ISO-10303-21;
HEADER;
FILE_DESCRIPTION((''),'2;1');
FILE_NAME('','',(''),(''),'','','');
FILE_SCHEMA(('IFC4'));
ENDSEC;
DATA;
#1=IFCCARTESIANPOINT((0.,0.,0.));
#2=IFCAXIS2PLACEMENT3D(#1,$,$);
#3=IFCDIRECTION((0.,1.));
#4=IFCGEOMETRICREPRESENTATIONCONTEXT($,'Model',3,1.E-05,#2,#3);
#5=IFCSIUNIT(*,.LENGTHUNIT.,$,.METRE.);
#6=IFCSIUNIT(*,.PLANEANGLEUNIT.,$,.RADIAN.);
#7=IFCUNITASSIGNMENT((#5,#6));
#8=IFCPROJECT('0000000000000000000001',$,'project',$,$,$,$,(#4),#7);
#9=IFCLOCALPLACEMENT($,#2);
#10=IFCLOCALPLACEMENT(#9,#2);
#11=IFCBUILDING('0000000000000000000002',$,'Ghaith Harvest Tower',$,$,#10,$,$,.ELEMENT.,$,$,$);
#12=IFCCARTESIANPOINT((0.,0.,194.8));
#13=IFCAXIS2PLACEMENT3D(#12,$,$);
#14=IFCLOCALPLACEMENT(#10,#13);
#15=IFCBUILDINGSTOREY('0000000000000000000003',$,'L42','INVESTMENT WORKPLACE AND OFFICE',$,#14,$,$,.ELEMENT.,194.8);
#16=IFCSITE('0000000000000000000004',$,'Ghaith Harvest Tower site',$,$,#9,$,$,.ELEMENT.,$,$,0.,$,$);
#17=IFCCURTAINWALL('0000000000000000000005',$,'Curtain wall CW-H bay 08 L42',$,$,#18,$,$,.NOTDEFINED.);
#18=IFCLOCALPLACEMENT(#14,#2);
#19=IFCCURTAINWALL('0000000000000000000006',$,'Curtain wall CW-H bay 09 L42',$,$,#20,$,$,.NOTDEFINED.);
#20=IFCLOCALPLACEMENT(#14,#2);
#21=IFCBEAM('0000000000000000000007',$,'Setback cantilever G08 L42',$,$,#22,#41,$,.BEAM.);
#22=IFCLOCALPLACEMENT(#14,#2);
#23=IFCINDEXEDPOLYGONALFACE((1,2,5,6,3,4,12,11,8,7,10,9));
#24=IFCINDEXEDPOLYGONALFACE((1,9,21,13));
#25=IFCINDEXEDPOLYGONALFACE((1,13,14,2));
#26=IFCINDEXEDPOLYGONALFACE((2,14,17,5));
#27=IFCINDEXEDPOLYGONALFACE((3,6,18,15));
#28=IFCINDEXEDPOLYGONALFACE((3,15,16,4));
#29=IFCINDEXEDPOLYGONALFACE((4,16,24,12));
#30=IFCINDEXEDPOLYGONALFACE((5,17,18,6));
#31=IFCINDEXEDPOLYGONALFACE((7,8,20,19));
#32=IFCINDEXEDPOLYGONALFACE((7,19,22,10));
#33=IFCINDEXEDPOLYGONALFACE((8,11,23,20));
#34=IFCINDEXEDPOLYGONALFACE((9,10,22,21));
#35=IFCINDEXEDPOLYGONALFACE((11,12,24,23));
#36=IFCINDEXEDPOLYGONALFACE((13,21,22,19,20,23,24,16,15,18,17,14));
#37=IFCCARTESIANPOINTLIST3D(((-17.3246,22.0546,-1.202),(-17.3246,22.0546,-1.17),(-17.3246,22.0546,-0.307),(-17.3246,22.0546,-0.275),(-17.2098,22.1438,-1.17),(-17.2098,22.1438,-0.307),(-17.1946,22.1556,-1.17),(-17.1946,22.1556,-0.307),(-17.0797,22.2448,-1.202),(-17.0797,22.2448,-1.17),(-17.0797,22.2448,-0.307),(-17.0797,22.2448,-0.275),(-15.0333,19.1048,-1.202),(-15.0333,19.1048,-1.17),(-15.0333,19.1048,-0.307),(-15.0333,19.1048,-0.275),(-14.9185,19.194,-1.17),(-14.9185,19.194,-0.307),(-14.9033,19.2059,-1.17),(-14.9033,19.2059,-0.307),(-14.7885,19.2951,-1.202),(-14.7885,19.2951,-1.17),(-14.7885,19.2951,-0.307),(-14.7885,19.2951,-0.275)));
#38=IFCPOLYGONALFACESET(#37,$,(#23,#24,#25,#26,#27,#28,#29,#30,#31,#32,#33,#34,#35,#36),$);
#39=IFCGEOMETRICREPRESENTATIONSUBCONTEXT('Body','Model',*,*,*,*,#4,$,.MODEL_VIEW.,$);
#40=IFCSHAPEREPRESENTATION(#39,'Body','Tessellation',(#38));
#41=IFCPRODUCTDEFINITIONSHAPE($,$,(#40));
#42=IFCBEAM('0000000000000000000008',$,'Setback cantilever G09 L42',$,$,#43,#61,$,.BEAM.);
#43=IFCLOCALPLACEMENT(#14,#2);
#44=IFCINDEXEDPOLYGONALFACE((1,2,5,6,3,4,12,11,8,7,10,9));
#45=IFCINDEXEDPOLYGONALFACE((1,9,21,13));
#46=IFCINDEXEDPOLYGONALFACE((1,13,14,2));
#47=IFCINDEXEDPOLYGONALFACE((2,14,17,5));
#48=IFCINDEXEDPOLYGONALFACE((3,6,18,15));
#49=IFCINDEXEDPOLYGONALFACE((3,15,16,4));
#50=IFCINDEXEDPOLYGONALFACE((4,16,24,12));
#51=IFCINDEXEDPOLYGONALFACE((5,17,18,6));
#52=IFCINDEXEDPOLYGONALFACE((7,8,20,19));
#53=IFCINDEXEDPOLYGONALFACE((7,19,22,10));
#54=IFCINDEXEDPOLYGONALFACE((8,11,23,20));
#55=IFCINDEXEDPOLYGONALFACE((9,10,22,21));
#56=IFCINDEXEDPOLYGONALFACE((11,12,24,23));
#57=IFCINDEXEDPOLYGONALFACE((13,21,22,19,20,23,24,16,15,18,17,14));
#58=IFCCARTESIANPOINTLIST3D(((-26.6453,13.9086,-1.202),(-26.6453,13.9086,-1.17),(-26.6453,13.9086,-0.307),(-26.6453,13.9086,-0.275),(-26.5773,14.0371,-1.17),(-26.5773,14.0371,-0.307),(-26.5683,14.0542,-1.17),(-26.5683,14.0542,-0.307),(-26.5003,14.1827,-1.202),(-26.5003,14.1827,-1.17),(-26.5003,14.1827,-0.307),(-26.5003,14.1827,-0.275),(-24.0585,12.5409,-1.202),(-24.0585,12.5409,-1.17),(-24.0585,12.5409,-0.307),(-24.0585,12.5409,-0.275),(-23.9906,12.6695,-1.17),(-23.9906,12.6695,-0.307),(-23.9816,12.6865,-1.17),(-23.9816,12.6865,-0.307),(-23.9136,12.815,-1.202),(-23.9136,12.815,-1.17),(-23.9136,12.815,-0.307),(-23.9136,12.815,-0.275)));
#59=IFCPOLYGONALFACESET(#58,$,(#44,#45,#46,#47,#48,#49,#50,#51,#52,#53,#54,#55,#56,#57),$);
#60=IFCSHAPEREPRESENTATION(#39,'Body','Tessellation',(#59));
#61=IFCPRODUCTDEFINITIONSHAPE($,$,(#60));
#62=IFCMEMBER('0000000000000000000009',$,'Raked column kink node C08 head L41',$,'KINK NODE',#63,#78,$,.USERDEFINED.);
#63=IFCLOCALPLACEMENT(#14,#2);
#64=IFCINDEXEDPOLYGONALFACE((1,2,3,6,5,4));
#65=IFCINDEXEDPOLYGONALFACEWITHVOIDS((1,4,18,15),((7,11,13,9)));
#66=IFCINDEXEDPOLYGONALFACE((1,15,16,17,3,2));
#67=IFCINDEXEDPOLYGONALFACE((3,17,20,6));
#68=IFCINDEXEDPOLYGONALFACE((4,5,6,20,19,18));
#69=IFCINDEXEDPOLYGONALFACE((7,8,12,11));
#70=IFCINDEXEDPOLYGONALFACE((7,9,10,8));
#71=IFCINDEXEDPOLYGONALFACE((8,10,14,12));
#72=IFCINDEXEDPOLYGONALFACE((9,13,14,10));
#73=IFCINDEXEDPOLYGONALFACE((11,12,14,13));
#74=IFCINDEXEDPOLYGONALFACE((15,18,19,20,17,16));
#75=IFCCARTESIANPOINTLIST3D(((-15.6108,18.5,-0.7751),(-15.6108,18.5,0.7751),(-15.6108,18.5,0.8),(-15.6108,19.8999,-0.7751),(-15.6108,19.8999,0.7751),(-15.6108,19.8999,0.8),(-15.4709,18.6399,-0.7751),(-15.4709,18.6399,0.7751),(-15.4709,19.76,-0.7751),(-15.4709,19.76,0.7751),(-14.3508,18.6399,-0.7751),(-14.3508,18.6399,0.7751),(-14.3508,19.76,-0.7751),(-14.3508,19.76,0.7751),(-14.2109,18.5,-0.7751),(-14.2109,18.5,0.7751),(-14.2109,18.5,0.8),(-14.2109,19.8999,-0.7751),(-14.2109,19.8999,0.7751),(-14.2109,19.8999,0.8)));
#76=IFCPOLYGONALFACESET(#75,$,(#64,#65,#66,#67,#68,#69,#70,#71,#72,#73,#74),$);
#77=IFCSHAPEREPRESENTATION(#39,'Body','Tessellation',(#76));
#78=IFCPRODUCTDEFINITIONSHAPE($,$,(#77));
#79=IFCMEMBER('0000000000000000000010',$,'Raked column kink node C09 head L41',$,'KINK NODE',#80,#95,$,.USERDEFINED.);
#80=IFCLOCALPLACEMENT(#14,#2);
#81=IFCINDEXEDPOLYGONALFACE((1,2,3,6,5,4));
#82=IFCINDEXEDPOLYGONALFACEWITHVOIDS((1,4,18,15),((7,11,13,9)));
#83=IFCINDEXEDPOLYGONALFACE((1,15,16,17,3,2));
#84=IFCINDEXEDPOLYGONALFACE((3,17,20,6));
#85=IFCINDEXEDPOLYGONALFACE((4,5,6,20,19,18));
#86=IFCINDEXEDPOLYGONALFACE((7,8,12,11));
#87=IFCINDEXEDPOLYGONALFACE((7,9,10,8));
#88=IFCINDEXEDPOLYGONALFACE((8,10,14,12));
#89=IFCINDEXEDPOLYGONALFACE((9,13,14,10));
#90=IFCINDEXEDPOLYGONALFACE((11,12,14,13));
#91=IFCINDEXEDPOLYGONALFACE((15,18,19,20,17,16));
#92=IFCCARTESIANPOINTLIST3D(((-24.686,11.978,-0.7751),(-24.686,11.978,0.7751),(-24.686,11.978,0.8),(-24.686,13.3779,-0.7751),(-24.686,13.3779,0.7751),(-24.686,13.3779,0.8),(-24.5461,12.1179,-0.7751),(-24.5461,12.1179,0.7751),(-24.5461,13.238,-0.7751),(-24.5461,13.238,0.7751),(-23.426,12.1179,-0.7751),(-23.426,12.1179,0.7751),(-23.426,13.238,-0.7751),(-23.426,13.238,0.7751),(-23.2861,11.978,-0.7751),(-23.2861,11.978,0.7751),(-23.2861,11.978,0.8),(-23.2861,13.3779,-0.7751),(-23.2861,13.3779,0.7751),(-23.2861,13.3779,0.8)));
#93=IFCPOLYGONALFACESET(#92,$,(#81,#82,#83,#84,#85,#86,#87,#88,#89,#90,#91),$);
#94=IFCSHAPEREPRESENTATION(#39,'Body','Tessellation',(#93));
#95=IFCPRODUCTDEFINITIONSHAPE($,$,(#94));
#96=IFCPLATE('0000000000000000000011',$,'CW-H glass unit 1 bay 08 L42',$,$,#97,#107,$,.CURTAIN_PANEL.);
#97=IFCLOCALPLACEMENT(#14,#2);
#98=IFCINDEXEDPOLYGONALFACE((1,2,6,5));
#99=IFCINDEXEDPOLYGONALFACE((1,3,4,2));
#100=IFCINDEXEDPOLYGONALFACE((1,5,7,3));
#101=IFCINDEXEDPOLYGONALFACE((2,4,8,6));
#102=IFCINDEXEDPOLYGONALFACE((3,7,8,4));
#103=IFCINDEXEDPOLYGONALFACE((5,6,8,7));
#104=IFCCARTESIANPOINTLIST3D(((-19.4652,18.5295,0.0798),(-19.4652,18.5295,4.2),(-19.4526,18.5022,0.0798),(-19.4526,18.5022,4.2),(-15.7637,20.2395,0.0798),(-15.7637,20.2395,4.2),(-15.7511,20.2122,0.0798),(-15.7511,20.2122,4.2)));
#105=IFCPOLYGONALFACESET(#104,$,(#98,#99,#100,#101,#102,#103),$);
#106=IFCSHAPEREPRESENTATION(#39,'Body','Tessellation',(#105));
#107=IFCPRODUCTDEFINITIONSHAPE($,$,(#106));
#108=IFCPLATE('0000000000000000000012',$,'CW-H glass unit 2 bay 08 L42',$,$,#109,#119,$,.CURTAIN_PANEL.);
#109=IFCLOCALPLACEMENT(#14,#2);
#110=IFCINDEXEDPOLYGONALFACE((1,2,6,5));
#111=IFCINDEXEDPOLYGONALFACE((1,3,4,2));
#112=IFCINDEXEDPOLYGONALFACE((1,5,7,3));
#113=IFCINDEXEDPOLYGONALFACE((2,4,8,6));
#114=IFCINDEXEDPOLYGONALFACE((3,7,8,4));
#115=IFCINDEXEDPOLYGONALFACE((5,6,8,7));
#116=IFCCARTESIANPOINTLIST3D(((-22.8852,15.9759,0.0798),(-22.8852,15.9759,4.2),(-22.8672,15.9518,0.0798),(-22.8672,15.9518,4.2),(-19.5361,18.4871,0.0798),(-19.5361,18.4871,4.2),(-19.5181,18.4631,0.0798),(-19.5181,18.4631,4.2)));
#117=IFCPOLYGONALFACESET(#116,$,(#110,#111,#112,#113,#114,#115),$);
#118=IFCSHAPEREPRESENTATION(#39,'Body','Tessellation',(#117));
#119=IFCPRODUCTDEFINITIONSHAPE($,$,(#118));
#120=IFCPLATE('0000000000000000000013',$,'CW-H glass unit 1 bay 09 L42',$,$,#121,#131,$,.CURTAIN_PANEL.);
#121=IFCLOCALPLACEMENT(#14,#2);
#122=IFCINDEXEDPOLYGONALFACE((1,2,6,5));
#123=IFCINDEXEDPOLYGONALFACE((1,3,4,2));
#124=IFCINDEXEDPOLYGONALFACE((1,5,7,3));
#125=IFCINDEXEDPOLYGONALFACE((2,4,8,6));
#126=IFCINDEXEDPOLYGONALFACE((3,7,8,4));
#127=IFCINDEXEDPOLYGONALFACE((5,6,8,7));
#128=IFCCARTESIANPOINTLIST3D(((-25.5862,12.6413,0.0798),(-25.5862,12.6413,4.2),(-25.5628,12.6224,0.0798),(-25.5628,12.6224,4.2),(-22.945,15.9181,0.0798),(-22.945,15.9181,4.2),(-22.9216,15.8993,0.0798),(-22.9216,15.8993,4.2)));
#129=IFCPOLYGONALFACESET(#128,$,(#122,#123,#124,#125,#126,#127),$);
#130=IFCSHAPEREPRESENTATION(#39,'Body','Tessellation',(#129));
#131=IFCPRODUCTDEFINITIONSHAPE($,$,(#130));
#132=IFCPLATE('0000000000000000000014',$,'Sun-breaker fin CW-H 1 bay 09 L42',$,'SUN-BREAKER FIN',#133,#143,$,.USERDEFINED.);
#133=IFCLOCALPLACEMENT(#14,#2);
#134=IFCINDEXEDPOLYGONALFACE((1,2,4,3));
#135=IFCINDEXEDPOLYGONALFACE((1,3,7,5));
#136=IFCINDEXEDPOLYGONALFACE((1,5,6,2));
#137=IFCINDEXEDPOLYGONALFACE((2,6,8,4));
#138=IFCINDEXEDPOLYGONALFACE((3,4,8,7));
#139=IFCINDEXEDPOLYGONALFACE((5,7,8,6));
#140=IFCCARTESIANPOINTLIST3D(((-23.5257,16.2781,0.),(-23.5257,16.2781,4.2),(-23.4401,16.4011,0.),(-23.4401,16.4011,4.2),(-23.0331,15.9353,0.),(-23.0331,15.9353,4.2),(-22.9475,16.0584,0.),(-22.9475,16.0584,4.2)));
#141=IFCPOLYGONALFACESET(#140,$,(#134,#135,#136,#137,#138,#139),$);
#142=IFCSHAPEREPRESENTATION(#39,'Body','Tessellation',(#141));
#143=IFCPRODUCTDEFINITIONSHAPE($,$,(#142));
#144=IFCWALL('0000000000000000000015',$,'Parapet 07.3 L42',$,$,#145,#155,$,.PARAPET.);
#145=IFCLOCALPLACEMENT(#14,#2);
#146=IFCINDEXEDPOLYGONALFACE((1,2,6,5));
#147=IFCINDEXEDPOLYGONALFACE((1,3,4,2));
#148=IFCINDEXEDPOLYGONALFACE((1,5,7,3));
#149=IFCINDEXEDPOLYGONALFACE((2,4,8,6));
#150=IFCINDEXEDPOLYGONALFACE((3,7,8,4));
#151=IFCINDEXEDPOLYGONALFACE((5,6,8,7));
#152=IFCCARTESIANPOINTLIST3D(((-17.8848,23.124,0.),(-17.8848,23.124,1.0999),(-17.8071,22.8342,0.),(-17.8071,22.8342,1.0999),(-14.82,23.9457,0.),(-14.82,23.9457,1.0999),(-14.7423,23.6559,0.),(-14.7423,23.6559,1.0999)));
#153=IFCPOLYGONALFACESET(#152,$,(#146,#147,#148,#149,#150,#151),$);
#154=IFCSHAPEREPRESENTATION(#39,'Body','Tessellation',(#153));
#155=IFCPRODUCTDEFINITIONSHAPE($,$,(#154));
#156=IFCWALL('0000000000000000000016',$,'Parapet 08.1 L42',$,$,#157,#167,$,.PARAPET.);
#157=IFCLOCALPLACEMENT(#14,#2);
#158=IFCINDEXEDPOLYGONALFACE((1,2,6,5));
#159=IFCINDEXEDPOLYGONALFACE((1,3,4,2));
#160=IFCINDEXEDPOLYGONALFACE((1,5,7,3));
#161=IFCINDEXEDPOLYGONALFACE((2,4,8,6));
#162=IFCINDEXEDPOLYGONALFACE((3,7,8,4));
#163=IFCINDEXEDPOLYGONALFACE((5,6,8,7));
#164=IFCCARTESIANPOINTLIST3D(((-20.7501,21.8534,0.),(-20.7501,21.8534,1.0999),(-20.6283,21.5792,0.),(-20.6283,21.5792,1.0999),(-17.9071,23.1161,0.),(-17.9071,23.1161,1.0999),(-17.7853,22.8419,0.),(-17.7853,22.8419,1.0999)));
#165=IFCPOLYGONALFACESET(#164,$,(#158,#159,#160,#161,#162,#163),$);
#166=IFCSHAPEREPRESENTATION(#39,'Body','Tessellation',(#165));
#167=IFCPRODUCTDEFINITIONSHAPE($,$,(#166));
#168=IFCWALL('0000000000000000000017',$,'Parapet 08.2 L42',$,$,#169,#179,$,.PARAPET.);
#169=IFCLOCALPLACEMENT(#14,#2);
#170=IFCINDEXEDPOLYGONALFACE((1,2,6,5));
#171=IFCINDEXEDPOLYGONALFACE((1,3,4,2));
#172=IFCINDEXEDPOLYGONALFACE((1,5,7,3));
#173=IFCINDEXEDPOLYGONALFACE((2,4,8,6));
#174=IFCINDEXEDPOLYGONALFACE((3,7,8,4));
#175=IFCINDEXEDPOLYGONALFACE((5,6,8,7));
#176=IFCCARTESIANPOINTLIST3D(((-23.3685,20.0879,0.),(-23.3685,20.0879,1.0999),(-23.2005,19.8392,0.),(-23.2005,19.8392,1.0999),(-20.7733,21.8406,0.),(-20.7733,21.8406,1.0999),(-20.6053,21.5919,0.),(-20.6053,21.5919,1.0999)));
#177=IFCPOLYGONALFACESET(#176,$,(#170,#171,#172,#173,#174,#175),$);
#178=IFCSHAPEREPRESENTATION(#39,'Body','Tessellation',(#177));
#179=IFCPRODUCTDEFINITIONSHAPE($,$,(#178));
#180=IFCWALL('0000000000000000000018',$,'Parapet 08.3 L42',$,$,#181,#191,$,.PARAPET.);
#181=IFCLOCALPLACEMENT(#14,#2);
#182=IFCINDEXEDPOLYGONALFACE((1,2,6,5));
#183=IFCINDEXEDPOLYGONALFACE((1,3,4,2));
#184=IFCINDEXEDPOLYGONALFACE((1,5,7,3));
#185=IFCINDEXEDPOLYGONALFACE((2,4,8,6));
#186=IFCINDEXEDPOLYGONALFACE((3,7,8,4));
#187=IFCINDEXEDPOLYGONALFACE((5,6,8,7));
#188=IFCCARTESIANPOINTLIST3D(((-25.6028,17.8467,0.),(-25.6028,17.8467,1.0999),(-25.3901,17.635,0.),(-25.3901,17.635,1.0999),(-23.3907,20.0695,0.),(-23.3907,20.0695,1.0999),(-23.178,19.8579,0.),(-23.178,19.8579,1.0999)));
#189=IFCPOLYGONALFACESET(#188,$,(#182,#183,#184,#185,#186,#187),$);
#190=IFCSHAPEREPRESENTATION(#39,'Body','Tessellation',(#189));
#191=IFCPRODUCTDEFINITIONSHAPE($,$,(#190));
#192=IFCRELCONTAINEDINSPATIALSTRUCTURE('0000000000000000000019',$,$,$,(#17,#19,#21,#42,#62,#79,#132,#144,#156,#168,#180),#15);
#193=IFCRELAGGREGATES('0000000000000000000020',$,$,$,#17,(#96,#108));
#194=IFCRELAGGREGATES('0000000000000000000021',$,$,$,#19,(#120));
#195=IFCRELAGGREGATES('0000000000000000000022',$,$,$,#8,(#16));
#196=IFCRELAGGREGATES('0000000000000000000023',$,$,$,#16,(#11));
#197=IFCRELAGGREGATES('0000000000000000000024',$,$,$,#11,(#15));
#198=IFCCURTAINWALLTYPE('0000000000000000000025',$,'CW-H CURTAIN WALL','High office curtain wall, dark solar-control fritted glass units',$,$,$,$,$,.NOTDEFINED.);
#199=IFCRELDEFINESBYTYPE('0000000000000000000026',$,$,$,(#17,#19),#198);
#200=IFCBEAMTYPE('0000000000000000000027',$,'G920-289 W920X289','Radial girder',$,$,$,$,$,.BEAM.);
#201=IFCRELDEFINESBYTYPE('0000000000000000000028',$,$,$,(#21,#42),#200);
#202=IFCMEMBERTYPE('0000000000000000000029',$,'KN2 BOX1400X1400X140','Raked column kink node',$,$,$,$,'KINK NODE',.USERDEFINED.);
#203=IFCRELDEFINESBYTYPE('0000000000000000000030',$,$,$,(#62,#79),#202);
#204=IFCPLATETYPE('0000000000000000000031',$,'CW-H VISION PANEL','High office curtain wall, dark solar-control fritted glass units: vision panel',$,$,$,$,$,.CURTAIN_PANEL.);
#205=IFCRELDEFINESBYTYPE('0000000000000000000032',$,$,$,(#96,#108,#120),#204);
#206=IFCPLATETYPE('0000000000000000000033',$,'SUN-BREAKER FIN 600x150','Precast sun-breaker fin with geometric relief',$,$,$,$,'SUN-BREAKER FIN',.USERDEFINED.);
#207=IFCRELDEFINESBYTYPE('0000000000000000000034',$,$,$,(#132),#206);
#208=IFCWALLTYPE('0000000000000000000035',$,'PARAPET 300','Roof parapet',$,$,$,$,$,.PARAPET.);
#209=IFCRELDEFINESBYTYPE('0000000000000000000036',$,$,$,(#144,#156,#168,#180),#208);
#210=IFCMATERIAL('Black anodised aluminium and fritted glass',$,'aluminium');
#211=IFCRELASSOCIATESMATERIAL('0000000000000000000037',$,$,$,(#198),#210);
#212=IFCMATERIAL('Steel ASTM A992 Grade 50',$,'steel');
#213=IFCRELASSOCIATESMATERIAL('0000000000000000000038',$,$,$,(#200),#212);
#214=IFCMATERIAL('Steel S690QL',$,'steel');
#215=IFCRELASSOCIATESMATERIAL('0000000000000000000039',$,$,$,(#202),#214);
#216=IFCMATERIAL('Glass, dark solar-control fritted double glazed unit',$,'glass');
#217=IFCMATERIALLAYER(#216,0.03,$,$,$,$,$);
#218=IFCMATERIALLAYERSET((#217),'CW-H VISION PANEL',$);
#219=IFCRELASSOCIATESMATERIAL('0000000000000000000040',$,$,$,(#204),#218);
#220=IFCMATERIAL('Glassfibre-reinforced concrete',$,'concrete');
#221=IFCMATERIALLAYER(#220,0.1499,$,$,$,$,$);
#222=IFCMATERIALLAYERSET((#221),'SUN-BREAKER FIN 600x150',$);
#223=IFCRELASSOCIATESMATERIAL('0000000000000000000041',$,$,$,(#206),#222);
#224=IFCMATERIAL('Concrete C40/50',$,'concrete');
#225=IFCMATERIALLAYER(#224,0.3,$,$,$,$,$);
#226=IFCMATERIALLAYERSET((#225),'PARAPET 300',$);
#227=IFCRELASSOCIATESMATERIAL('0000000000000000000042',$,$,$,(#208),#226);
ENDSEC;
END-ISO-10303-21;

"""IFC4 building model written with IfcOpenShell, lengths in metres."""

from ifc_helpers import new_model, si_unit, direction, frame, frame_2d, origin, origin_2d, place, context, subcontext, project, spatial, rectangle, hollow_rectangle, i_section, extrude, boolean, material, layer, layer_set, material_profile, profile_set, type_object, element, aggregate, save


model = new_model("IFC4")

# Units and contexts
model_context = context("Model", 3, precision=1e-05, world=origin(), true_north=direction((0.0, 1.0)))
body_context = subcontext(model_context, "Body", "Model", "MODEL_VIEW")
ifc_project = project(units=[si_unit("LENGTHUNIT", "METRE"), si_unit("PLANEANGLEUNIT", "RADIAN")], contexts=[model_context])

# Site, building, storey
site_placement = place(None, origin())
site = spatial("IfcSite", under=ifc_project, at=site_placement, Name="Ghaith Harvest Tower site", CompositionType="ELEMENT", RefElevation=0.0)
building_placement = place(site_placement, origin())
building = spatial("IfcBuilding", under=site, at=building_placement, Name="Ghaith Harvest Tower", CompositionType="ELEMENT")
storey_placement = place(building_placement, frame((0.0, 0.0, 194.8)))
storey = spatial("IfcBuildingStorey", under=building, at=storey_placement, Name="L42", Description="INVESTMENT WORKPLACE AND OFFICE", CompositionType="ELEMENT", Elevation=194.8)

# Curtain walls
ifc_material_1 = material(Name="Black anodised aluminium and fritted glass", Category="aluminium")
curtain_wall_type = type_object("IfcCurtainWallType", Name="CW-H CURTAIN WALL", Description="High office curtain wall, dark solar-control fritted glass units", PredefinedType="NOTDEFINED", material=ifc_material_1)
curtain_wall_1_placement = place(storey_placement, origin())
curtain_wall_1 = element("IfcCurtainWall", 1, at=curtain_wall_1_placement, inside=storey, type_object=curtain_wall_type, Name="Curtain wall CW-H bay 08 L42", PredefinedType="NOTDEFINED")
curtain_wall_2_placement = place(storey_placement, origin())
curtain_wall_2 = element("IfcCurtainWall", 2, at=curtain_wall_2_placement, inside=storey, type_object=curtain_wall_type, Name="Curtain wall CW-H bay 09 L42", PredefinedType="NOTDEFINED")

# Beams
ifc_material_2 = material(Name="Steel ASTM A992 Grade 50", Category="steel")
ifc_material_profile_1 = material_profile(ifc_material_2, i_section(OverallWidth=0.3101, OverallDepth=0.927, WebThickness=0.0193, FlangeThickness=0.032, at=origin_2d()), Name="W920X289")
ifc_profile_set_1 = profile_set([ifc_material_profile_1], Name="Steel ASTM A992 Grade 50")
beam_type_1 = type_object("IfcBeamType", Name="G920-289 W920X289", Description="Radial girder", PredefinedType="BEAM", material=ifc_profile_set_1)
beam_1_placement = place(storey_placement, frame((-14.9109, 19.2, -0.7385), z_axis=(-0.613447, 0.789736, 0.0), x_axis=(-0.789736, -0.613447, 0.0)))
element("IfcBeam", 3, at=beam_1_placement, inside=storey, type_object=beam_type_1, Name="Setback cantilever G08 L42", PredefinedType="BEAM", context=body_context, shape_type="SweptSolid", body=[
    extrude(i_section(OverallWidth=0.3101, OverallDepth=0.927, WebThickness=0.0193, FlangeThickness=0.032, at=origin_2d()), origin(), (0.0, 0.0, 1.0), 3.7351),
])
beam_2_placement = place(storey_placement, frame((-23.9861, 12.678, -0.7385), z_axis=(-0.884033, 0.467424, 0.0), x_axis=(-0.467424, -0.884033, 0.0)))
element("IfcBeam", 4, at=beam_2_placement, inside=storey, type_object=beam_type_1, Name="Setback cantilever G09 L42", PredefinedType="BEAM", context=body_context, shape_type="SweptSolid", body=[
    extrude(i_section(OverallWidth=0.3101, OverallDepth=0.927, WebThickness=0.0193, FlangeThickness=0.032, at=origin_2d()), origin(), (0.0, 0.0, 1.0), 2.926),
])

# Members
ifc_material_3 = material(Name="Steel S690QL", Category="steel")
ifc_material_profile_2 = material_profile(ifc_material_3, hollow_rectangle(XDim=1.3999, YDim=1.3999, WallThickness=0.1399, at=origin_2d()), Name="BOX1400X1400X140")
ifc_profile_set_2 = profile_set([ifc_material_profile_2], Name="Steel S690QL")
member_type_1 = type_object("IfcMemberType", Name="KN2 BOX1400X1400X140", Description="Raked column kink node", ElementType="KINK NODE", PredefinedType="USERDEFINED", material=ifc_profile_set_2)
for number, where, z_axis, x_axis, name in (
    (5, (-14.9109, 19.2, -0.7751), (0.0, 0.0, 1.0), (1.0, 0.0, 0.0), "Raked column kink node C08 head L41"),
    (6, (-23.9861, 12.678, -0.7751), (0.0, 0.0, 1.0), (1.0, 0.0, 0.0), "Raked column kink node C09 head L41"),
):
    element("IfcMember", number, at=place(storey_placement, frame(where, z_axis=z_axis, x_axis=x_axis)), inside=storey, type_object=member_type_1, Name=name, ObjectType="KINK NODE", PredefinedType="USERDEFINED", context=body_context, shape_type="CSG", body=[
        boolean("UNION", extrude(hollow_rectangle(XDim=1.3999, YDim=1.3999, WallThickness=0.1399, at=origin_2d()), origin(), (0.0, 0.0, 1.0), 1.5503), extrude(rectangle(XDim=1.3999, YDim=1.3999, at=origin_2d()), frame((0.0, 0.0, 1.5503)), (0.0, 0.0, 1.0), 0.0249)),
    ])

# Plates
ifc_material_4 = material(Name="Glass, dark solar-control fritted double glazed unit", Category="glass")
ifc_layer_1 = layer(ifc_material_4, 0.03)
ifc_layer_set_1 = layer_set([ifc_layer_1], Name="CW-H VISION PANEL")
plate_type_1 = type_object("IfcPlateType", Name="CW-H VISION PANEL", Description="High office curtain wall, dark solar-control fritted glass units: vision panel", PredefinedType="CURTAIN_PANEL", material=ifc_layer_set_1)
plate_1_placement = place(storey_placement, frame((-17.6082, 19.3708, 0.0798), z_axis=(0.0, 0.0, 1.0), x_axis=(-0.907814, -0.419372, 0.0)))
plate_1 = element("IfcPlate", 7, at=plate_1_placement, type_object=plate_type_1, Name="CW-H glass unit 1 bay 08 L42", PredefinedType="CURTAIN_PANEL", context=body_context, shape_type="SweptSolid", body=[
    extrude(rectangle(XDim=4.0774, YDim=0.03, at=origin_2d()), origin(), (0.0, 0.0, 1.0), 4.1201),
])
plate_2_placement = place(storey_placement, frame((-21.2017, 17.2195, 0.0798), z_axis=(0.0, 0.0, 1.0), x_axis=(-0.800067, -0.599911, 0.0)))
plate_2 = element("IfcPlate", 8, at=plate_2_placement, type_object=plate_type_1, Name="CW-H glass unit 2 bay 08 L42", PredefinedType="CURTAIN_PANEL", context=body_context, shape_type="SweptSolid", body=[
    extrude(rectangle(XDim=4.186, YDim=0.03, at=origin_2d()), origin(), (0.0, 0.0, 1.0), 4.1201),
])
aggregate(curtain_wall_1, [plate_1, plate_2])
plate_3_placement = place(storey_placement, frame((-24.2539, 14.2703, 0.0798), z_axis=(0.0, 0.0, 1.0), x_axis=(-0.627548, -0.778578, 0.0)))
plate_3 = element("IfcPlate", 9, at=plate_3_placement, type_object=plate_type_1, Name="CW-H glass unit 1 bay 09 L42", PredefinedType="CURTAIN_PANEL", context=body_context, shape_type="SweptSolid", body=[
    extrude(rectangle(XDim=4.2087, YDim=0.03, at=origin_2d()), origin(), (0.0, 0.0, 1.0), 4.1201),
])
aggregate(curtain_wall_2, [plate_3])
ifc_material_5 = material(Name="Glassfibre-reinforced concrete", Category="concrete")
ifc_layer_2 = layer(ifc_material_5, 0.1499)
ifc_layer_set_2 = layer_set([ifc_layer_2], Name="SUN-BREAKER FIN 600x150")
plate_type_2 = type_object("IfcPlateType", Name="SUN-BREAKER FIN 600x150", Description="Precast sun-breaker fin with geometric relief", ElementType="SUN-BREAKER FIN", PredefinedType="USERDEFINED", material=ifc_layer_set_2)
plate_4_placement = place(storey_placement, frame((-23.2366, 16.1682, 0.0), z_axis=(0.0, 0.0, 1.0), x_axis=(-0.820845, 0.57115, 0.0)))
element("IfcPlate", 10, at=plate_4_placement, inside=storey, type_object=plate_type_2, Name="Sun-breaker fin CW-H 1 bay 09 L42", ObjectType="SUN-BREAKER FIN", PredefinedType="USERDEFINED", context=body_context, shape_type="SweptSolid", body=[
    extrude(rectangle(XDim=0.6001, YDim=0.1499, at=origin_2d()), origin(), (0.0, 0.0, 1.0), 4.2),
])

# Walls
ifc_material_6 = material(Name="Concrete C40/50", Category="concrete")
ifc_layer_3 = layer(ifc_material_6, 0.3)
ifc_layer_set_3 = layer_set([ifc_layer_3], Name="PARAPET 300")
wall_type_1 = type_object("IfcWallType", Name="PARAPET 300", Description="Roof parapet", PredefinedType="PARAPET", material=ifc_layer_set_3)
wall_1_placement = place(storey_placement, frame((-14.7812, 23.8008, 0.0), z_axis=(0.0, 0.0, 1.0), x_axis=(-0.965884, -0.258975, 0.0)))
element("IfcWall", 11, at=wall_1_placement, inside=storey, type_object=wall_type_1, Name="Parapet 07.3 L42", PredefinedType="PARAPET", context=body_context, shape_type="SweptSolid", body=[
    extrude(rectangle(XDim=3.1731, YDim=0.3, at=frame_2d((1.5864, 0.0))), origin(), (0.0, 0.0, 1.0), 1.0999),
])
wall_2_placement = place(storey_placement, frame((-17.8462, 22.979, 0.0), z_axis=(0.0, 0.0, 1.0), x_axis=(-0.913915, -0.405905, 0.0)))
element("IfcWall", 12, at=wall_2_placement, inside=storey, type_object=wall_type_1, Name="Parapet 08.1 L42", PredefinedType="PARAPET", context=body_context, shape_type="SweptSolid", body=[
    extrude(rectangle(XDim=3.1108, YDim=0.3, at=frame_2d((1.5554, 0.0))), origin(), (0.0, 0.0, 1.0), 1.0999),
])
wall_3_placement = place(storey_placement, frame((-20.6892, 21.7163, 0.0), z_axis=(0.0, 0.0, 1.0), x_axis=(-0.828713, -0.559674, 0.0)))
element("IfcWall", 13, at=wall_3_placement, inside=storey, type_object=wall_type_1, Name="Parapet 08.2 L42", PredefinedType="PARAPET", context=body_context, shape_type="SweptSolid", body=[
    extrude(rectangle(XDim=3.1316, YDim=0.3, at=frame_2d((1.5659, 0.0))), origin(), (0.0, 0.0, 1.0), 1.0999),
])
wall_4_placement = place(storey_placement, frame((-23.2844, 19.9636, 0.0), z_axis=(0.0, 0.0, 1.0), x_axis=(-0.705392, -0.708817, 0.0)))
element("IfcWall", 14, at=wall_4_placement, inside=storey, type_object=wall_type_1, Name="Parapet 08.3 L42", PredefinedType="PARAPET", context=body_context, shape_type="SweptSolid", body=[
    extrude(rectangle(XDim=3.136, YDim=0.3, at=frame_2d((1.5679, 0.0))), origin(), (0.0, 0.0, 1.0), 1.0999),
])

save(model, "model.ifc")
